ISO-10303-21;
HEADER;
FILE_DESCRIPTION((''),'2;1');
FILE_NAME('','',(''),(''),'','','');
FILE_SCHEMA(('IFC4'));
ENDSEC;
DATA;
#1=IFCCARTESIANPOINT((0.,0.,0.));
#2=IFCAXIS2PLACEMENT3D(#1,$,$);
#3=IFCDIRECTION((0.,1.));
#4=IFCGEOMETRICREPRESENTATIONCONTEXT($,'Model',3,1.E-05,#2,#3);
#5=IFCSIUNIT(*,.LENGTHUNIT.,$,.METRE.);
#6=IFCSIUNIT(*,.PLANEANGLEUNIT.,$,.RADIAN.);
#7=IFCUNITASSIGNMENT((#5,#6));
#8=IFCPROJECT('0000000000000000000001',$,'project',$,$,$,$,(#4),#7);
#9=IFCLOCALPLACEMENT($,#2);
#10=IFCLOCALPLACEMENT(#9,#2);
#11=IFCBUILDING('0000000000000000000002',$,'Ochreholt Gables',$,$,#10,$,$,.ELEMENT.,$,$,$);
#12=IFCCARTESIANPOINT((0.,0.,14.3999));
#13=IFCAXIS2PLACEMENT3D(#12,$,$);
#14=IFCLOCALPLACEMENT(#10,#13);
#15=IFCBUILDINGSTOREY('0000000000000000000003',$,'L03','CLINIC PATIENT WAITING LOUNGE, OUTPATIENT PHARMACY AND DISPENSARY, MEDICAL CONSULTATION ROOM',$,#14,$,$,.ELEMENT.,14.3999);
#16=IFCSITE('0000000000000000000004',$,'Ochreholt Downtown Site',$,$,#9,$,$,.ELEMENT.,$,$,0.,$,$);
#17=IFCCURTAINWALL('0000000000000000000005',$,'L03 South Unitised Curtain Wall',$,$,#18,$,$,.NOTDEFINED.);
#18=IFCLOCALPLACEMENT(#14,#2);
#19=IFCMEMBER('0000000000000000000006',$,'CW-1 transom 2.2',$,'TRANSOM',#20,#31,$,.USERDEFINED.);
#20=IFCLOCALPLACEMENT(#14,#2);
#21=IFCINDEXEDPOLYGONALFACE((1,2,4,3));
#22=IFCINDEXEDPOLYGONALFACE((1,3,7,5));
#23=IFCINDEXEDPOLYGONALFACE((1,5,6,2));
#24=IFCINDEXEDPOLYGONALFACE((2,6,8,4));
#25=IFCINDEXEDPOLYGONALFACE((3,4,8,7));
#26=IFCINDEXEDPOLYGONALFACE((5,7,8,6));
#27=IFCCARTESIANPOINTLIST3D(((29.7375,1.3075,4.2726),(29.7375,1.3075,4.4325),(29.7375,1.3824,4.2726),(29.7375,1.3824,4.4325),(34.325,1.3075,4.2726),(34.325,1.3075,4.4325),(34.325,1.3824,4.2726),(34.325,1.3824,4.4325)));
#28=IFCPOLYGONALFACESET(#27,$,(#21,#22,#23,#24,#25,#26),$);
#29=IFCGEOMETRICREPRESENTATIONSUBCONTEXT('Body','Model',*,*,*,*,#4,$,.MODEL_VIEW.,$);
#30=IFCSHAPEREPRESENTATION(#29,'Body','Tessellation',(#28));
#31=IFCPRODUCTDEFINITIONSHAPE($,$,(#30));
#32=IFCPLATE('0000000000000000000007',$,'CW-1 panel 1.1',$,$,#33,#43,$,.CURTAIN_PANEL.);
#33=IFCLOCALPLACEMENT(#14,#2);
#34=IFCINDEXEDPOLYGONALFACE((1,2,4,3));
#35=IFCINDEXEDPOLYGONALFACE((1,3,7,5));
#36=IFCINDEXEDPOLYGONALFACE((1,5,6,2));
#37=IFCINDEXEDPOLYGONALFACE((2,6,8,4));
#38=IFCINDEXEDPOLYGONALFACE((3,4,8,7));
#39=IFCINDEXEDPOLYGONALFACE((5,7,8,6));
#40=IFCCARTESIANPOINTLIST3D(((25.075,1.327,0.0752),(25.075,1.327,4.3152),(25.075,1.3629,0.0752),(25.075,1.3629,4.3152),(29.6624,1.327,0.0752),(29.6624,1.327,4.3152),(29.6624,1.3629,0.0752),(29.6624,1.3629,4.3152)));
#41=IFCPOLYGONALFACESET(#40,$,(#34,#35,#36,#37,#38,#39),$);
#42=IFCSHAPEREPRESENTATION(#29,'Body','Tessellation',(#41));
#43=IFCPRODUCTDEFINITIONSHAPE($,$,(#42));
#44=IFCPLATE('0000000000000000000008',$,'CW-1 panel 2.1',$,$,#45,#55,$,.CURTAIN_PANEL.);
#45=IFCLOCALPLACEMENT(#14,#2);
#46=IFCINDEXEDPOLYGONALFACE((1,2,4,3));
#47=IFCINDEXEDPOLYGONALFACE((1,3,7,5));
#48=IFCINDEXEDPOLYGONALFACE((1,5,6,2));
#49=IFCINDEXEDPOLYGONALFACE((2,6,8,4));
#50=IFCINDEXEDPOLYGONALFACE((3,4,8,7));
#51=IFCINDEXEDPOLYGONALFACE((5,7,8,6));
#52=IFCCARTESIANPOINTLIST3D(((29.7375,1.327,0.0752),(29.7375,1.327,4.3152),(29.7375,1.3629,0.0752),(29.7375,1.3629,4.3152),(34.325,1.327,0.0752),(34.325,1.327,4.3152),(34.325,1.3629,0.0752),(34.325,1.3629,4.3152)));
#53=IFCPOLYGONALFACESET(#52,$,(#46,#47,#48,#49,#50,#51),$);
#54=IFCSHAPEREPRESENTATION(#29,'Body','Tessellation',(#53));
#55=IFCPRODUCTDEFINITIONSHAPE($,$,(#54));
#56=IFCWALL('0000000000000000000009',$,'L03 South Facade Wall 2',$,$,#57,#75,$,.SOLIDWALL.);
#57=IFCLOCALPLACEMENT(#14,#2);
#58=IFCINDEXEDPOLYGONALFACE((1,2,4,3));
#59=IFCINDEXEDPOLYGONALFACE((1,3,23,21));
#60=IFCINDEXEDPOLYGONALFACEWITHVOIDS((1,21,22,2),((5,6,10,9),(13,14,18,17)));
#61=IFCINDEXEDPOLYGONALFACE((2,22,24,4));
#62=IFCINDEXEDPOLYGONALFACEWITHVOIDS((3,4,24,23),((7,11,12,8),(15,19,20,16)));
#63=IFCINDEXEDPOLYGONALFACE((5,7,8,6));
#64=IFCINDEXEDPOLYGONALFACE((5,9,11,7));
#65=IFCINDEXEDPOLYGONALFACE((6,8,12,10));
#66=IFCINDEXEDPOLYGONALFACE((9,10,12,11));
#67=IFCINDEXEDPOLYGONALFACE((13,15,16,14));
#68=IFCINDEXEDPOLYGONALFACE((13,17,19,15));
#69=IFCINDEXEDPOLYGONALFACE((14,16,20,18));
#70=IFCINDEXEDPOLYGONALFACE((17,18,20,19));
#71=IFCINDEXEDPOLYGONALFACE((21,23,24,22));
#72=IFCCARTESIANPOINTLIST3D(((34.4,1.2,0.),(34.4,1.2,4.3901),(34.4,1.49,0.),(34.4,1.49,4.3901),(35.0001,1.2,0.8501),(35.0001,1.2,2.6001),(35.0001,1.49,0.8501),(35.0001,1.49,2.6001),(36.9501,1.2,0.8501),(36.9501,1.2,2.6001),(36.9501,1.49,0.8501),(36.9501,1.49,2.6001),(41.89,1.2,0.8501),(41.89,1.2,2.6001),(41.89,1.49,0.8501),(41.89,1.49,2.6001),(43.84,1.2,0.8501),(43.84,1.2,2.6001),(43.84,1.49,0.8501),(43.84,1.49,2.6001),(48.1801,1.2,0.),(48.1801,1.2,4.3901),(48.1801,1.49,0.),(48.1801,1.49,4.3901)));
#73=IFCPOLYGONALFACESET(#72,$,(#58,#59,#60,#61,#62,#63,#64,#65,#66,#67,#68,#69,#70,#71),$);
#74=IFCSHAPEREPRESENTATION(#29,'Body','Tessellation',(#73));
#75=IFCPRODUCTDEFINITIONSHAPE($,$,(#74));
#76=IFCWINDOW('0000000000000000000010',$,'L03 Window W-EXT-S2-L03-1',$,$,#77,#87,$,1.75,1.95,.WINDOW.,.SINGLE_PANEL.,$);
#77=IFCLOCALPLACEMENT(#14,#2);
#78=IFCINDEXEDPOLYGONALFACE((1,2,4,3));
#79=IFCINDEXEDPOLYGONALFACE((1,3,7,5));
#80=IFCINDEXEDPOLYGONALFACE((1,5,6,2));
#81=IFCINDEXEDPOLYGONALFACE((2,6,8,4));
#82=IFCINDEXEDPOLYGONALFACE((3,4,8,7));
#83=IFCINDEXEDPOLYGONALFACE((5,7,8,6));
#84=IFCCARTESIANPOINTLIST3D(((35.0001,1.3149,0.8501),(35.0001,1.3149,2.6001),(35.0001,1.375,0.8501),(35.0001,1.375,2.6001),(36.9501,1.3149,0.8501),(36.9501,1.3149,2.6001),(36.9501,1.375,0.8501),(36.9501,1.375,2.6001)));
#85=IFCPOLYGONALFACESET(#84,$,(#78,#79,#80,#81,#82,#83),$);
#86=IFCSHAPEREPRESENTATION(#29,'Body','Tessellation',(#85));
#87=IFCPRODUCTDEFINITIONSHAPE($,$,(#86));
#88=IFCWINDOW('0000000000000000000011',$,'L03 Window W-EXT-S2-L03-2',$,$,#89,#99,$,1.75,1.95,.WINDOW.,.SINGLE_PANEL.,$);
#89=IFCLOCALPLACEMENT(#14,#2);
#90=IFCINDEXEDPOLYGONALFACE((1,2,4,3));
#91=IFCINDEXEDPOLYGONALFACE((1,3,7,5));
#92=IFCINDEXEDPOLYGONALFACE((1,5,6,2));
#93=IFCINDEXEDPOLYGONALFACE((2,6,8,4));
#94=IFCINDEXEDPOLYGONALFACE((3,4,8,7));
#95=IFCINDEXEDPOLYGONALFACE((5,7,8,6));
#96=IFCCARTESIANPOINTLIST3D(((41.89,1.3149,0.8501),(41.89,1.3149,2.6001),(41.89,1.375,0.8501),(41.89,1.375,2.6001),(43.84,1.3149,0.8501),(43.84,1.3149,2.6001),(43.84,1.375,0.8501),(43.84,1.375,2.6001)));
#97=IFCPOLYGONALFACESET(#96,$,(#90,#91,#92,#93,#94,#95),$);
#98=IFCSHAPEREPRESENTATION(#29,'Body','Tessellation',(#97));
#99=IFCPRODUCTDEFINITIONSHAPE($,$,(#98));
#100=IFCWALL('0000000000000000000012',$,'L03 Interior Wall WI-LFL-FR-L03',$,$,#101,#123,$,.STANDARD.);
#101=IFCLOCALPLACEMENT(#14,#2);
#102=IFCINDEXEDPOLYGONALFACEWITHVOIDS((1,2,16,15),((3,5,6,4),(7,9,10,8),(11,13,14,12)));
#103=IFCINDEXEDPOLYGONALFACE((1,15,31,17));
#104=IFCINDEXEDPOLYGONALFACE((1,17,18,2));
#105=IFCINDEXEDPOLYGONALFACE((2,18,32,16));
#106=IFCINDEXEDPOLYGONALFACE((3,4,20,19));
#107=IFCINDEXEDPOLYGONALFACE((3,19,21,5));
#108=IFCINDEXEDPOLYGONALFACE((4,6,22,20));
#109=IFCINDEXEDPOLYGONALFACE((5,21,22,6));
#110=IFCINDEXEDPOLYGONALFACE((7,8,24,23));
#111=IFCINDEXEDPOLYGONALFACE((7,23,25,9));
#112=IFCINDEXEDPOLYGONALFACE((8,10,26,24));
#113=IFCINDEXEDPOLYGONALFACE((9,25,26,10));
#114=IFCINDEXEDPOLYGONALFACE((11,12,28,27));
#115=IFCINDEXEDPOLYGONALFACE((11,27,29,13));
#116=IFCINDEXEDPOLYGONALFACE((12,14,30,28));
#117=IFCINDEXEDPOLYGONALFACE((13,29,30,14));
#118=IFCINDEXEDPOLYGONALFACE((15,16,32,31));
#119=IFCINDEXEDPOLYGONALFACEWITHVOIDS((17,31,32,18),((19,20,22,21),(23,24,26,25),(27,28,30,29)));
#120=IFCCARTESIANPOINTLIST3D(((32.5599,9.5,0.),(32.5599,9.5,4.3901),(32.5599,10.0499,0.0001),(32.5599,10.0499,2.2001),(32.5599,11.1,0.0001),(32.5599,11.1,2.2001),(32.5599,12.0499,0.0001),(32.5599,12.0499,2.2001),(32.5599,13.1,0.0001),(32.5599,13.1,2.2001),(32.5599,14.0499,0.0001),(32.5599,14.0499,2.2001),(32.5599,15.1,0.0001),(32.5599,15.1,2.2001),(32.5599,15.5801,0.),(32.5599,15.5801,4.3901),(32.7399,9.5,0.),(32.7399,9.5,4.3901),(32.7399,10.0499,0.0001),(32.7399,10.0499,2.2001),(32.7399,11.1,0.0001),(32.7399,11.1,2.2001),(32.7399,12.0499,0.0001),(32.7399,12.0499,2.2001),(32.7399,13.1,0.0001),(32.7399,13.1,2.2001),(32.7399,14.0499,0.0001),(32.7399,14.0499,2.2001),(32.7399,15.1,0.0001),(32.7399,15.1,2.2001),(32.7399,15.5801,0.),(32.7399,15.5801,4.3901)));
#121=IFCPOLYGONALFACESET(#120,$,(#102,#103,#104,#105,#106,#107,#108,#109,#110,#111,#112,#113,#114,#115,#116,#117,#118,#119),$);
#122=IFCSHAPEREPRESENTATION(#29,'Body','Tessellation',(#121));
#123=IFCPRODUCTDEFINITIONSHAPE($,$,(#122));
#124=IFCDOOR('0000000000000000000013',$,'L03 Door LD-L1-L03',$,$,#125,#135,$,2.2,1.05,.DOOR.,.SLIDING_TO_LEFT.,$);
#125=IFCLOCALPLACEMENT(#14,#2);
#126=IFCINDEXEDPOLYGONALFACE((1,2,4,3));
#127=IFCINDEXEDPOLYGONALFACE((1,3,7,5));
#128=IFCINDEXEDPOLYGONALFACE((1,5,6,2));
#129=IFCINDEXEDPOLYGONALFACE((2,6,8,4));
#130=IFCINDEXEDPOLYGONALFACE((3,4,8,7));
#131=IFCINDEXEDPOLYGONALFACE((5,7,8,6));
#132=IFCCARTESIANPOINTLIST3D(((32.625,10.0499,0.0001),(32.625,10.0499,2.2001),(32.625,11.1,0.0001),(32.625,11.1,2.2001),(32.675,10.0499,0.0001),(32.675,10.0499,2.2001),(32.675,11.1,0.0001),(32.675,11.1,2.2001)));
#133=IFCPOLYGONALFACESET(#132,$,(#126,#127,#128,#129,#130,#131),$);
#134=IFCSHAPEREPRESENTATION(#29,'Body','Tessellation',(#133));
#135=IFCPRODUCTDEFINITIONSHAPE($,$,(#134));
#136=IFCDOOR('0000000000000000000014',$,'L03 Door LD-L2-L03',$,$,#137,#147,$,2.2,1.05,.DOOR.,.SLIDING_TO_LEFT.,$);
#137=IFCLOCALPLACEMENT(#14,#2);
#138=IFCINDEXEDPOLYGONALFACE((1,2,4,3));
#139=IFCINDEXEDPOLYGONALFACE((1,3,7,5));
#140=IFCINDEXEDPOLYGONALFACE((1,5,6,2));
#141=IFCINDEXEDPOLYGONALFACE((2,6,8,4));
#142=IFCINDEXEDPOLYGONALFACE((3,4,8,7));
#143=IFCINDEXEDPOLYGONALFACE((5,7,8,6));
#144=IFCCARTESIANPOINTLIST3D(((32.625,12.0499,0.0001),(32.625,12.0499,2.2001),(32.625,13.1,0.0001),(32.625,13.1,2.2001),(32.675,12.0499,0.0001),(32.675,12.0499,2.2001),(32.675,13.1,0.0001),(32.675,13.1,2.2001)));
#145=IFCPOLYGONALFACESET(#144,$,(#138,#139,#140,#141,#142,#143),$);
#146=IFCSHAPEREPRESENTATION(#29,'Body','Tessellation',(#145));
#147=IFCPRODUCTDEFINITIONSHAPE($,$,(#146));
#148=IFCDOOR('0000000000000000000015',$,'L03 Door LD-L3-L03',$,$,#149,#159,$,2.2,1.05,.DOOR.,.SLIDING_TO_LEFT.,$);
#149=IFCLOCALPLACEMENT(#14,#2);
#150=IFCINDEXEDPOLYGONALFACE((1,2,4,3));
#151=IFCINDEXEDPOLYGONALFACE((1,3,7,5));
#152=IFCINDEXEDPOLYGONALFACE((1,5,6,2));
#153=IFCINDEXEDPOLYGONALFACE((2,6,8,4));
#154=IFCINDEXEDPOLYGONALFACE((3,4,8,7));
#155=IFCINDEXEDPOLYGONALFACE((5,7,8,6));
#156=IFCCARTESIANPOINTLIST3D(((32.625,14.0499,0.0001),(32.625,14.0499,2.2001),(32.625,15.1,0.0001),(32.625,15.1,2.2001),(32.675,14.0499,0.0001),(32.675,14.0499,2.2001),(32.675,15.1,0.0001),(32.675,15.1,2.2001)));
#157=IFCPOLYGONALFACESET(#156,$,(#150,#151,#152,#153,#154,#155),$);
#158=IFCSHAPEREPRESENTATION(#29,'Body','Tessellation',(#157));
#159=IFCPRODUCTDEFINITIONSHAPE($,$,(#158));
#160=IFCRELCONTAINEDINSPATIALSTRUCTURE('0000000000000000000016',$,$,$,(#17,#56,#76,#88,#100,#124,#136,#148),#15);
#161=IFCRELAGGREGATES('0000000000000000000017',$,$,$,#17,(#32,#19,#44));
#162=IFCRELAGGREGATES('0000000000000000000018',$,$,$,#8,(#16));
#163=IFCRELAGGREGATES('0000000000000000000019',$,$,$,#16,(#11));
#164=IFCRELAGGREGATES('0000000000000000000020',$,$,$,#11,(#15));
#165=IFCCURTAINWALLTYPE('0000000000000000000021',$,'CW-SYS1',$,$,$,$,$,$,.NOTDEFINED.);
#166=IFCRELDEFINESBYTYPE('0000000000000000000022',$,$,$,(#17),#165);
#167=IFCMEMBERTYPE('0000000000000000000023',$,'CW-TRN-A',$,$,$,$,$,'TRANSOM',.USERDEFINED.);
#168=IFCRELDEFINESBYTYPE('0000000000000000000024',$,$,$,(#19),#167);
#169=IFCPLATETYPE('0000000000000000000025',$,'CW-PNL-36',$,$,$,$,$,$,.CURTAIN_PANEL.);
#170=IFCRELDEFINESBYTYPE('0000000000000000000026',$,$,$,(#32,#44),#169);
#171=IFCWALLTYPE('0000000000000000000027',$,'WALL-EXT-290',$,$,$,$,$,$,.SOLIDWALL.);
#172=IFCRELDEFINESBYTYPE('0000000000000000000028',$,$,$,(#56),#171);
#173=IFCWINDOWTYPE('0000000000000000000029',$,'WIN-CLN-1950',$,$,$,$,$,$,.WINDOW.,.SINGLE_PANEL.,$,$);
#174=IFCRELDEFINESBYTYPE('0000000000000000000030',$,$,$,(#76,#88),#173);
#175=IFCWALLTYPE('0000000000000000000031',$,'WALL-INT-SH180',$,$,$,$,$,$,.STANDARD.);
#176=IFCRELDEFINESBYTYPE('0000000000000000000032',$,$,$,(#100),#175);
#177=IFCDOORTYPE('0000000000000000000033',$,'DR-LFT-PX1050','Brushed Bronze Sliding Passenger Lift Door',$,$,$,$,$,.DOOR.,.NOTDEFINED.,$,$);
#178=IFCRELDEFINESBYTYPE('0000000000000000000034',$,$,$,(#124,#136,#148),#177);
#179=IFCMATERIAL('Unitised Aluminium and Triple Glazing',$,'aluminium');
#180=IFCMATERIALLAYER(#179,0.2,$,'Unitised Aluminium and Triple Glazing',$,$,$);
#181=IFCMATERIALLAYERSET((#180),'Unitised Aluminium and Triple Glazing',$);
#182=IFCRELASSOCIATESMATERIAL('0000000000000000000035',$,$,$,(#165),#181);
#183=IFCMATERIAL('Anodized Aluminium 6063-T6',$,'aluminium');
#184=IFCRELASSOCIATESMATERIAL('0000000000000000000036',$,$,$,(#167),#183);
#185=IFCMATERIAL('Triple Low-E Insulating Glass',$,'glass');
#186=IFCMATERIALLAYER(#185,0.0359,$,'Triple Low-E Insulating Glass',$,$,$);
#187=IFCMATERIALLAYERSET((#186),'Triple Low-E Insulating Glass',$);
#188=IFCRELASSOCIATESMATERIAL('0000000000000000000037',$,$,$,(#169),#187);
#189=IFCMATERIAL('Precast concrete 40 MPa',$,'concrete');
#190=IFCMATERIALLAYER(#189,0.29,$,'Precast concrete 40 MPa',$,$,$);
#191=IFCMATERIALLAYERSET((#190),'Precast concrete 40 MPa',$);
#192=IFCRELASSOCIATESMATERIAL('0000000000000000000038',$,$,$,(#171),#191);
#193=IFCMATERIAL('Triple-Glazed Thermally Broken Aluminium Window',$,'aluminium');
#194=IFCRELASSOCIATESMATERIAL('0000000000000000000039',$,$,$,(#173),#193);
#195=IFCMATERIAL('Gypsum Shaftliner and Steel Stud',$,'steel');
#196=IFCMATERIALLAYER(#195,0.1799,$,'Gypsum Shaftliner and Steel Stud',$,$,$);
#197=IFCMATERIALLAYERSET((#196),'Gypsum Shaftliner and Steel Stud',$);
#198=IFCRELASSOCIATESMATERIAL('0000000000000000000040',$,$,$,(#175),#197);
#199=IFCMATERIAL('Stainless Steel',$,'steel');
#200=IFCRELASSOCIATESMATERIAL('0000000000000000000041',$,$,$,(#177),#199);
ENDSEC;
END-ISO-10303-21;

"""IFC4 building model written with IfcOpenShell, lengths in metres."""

from ifc_helpers import new_model, si_unit, direction, frame, frame_2d, origin, origin_2d, place, context, subcontext, project, spatial, rectangle, extrude, material, layer, layer_set, material_profile, profile_set, type_object, element, fill, aggregate, save


model = new_model("IFC4")

# Units and contexts
model_context = context("Model", 3, precision=1e-05, world=origin(), true_north=direction((0.0, 1.0)))
body_context = subcontext(model_context, "Body", "Model", "MODEL_VIEW")
ifc_project = project(units=[si_unit("LENGTHUNIT", "METRE"), si_unit("PLANEANGLEUNIT", "RADIAN")], contexts=[model_context])

# Site, building, storey
site_placement = place(None, origin())
site = spatial("IfcSite", under=ifc_project, at=site_placement, Name="Ochreholt Downtown Site", CompositionType="ELEMENT", RefElevation=0.0)
building_placement = place(site_placement, origin())
building = spatial("IfcBuilding", under=site, at=building_placement, Name="Ochreholt Gables", CompositionType="ELEMENT")
storey_placement = place(building_placement, frame((0.0, 0.0, 14.3999)))
storey = spatial("IfcBuildingStorey", under=building, at=storey_placement, Name="L03", Description="CLINIC PATIENT WAITING LOUNGE, OUTPATIENT PHARMACY AND DISPENSARY, MEDICAL CONSULTATION ROOM", CompositionType="ELEMENT", Elevation=14.3999)

# Curtain wall, member, plates
ifc_material_1 = material(Name="Unitised Aluminium and Triple Glazing", Category="aluminium")
ifc_layer_1 = layer(ifc_material_1, 0.2, Name="Unitised Aluminium and Triple Glazing")
ifc_layer_set_1 = layer_set([ifc_layer_1], Name="Unitised Aluminium and Triple Glazing")
curtain_wall_type = type_object("IfcCurtainWallType", Name="CW-SYS1", PredefinedType="NOTDEFINED", material=ifc_layer_set_1)
curtain_wall_placement = place(storey_placement, origin())
curtain_wall = element("IfcCurtainWall", 1, at=curtain_wall_placement, inside=storey, type_object=curtain_wall_type, Name="L03 South Unitised Curtain Wall", PredefinedType="NOTDEFINED")
ifc_material_2 = material(Name="Anodized Aluminium 6063-T6", Category="aluminium")
ifc_material_profile_1 = material_profile(ifc_material_2, rectangle(XDim=0.075, YDim=0.1599, at=origin_2d()), Name="CWT75X160")
ifc_profile_set_1 = profile_set([ifc_material_profile_1], Name="Anodized Aluminium 6063-T6")
member_type_1 = type_object("IfcMemberType", Name="CW-TRN-A", ElementType="TRANSOM", PredefinedType="USERDEFINED", material=ifc_profile_set_1)
member_1_placement = place(storey_placement, frame((29.7375, 1.345, 4.3525), z_axis=(1.0, 0.0, 0.0), x_axis=(0.0, 1.0, 0.0)))
member_1 = element("IfcMember", 2, at=member_1_placement, type_object=member_type_1, Name="CW-1 transom 2.2", ObjectType="TRANSOM", PredefinedType="USERDEFINED", context=body_context, shape_type="SweptSolid", body=[
    extrude(rectangle(XDim=0.075, YDim=0.1599, at=origin_2d()), origin(), (0.0, 0.0, 1.0), 4.5874),
])
ifc_material_3 = material(Name="Triple Low-E Insulating Glass", Category="glass")
ifc_layer_2 = layer(ifc_material_3, 0.0359, Name="Triple Low-E Insulating Glass")
ifc_layer_set_2 = layer_set([ifc_layer_2], Name="Triple Low-E Insulating Glass")
plate_type = type_object("IfcPlateType", Name="CW-PNL-36", PredefinedType="CURTAIN_PANEL", material=ifc_layer_set_2)
plate_1_placement = place(storey_placement, frame((27.3687, 1.345, 0.0752), z_axis=(0.0, 0.0, 1.0), x_axis=(1.0, 0.0, 0.0)))
plate_1 = element("IfcPlate", 3, at=plate_1_placement, type_object=plate_type, Name="CW-1 panel 1.1", PredefinedType="CURTAIN_PANEL", context=body_context, shape_type="SweptSolid", body=[
    extrude(rectangle(XDim=4.5874, YDim=0.0359, at=origin_2d()), origin(), (0.0, 0.0, 1.0), 4.24),
])
plate_2_placement = place(storey_placement, frame((32.0312, 1.345, 0.0752), z_axis=(0.0, 0.0, 1.0), x_axis=(1.0, 0.0, 0.0)))
plate_2 = element("IfcPlate", 4, at=plate_2_placement, type_object=plate_type, Name="CW-1 panel 2.1", PredefinedType="CURTAIN_PANEL", context=body_context, shape_type="SweptSolid", body=[
    extrude(rectangle(XDim=4.5874, YDim=0.0359, at=origin_2d()), origin(), (0.0, 0.0, 1.0), 4.24),
])
aggregate(curtain_wall, [plate_1, member_1, plate_2])

# Wall, openings, windows
ifc_material_4 = material(Name="Precast concrete 40 MPa", Category="concrete")
ifc_layer_3 = layer(ifc_material_4, 0.29, Name="Precast concrete 40 MPa")
ifc_layer_set_3 = layer_set([ifc_layer_3], Name="Precast concrete 40 MPa")
wall_type_1 = type_object("IfcWallType", Name="WALL-EXT-290", PredefinedType="SOLIDWALL", material=ifc_layer_set_3)
wall_1_placement = place(storey_placement, frame((34.3999, 1.345, 0.0), z_axis=(0.0, 0.0, 1.0), x_axis=(1.0, 0.0, 0.0)))
wall_1 = element("IfcWall", 5, at=wall_1_placement, inside=storey, type_object=wall_type_1, Name="L03 South Facade Wall 2", PredefinedType="SOLIDWALL", context=body_context, shape_type="SweptSolid", body=[
    extrude(rectangle(XDim=13.78, YDim=0.29, at=frame_2d((6.8901, 0.0))), origin(), (0.0, 0.0, 1.0), 4.3901),
])
opening_1_placement = place(wall_1_placement, frame((0.6001, 0.0, 0.8501)))
opening_1 = element("IfcOpeningElement", 6, at=opening_1_placement, cuts=wall_1, PredefinedType="OPENING", context=body_context, shape_type="SweptSolid", body=[
    extrude(rectangle(XDim=1.95, YDim=1.75, at=frame_2d((0.9751, 0.875))), frame((0.0, 0.155, 0.0), z_axis=(0.0, -1.0, 0.0), x_axis=(1.0, 0.0, 0.0)), (0.0, 0.0, 1.0), 0.3101),
])
opening_2_placement = place(wall_1_placement, frame((7.49, 0.0, 0.8501)))
opening_2 = element("IfcOpeningElement", 7, at=opening_2_placement, cuts=wall_1, PredefinedType="OPENING", context=body_context, shape_type="SweptSolid", body=[
    extrude(rectangle(XDim=1.95, YDim=1.75, at=frame_2d((0.9751, 0.875))), frame((0.0, 0.155, 0.0), z_axis=(0.0, -1.0, 0.0), x_axis=(1.0, 0.0, 0.0)), (0.0, 0.0, 1.0), 0.3101),
])
ifc_material_5 = material(Name="Triple-Glazed Thermally Broken Aluminium Window", Category="aluminium")
window_type = type_object("IfcWindowType", Name="WIN-CLN-1950", PartitioningType="SINGLE_PANEL", PredefinedType="WINDOW", material=ifc_material_5)
window_1_placement = place(opening_1_placement, origin())
window_1 = element("IfcWindow", 8, at=window_1_placement, inside=storey, type_object=window_type, Name="L03 Window W-EXT-S2-L03-1", OverallHeight=1.75, OverallWidth=1.95, PartitioningType="SINGLE_PANEL", PredefinedType="WINDOW", context=body_context, shape_type="SweptSolid", body=[
    extrude(rectangle(XDim=1.95, YDim=1.75, at=frame_2d((0.9751, 0.875))), frame((0.0, 0.03, 0.0), z_axis=(0.0, -1.0, 0.0), x_axis=(1.0, 0.0, 0.0)), (0.0, 0.0, 1.0), 0.0601),
])
fill(opening_1, window_1)
window_2_placement = place(opening_2_placement, origin())
window_2 = element("IfcWindow", 9, at=window_2_placement, inside=storey, type_object=window_type, Name="L03 Window W-EXT-S2-L03-2", OverallHeight=1.75, OverallWidth=1.95, PartitioningType="SINGLE_PANEL", PredefinedType="WINDOW", context=body_context, shape_type="SweptSolid", body=[
    extrude(rectangle(XDim=1.95, YDim=1.75, at=frame_2d((0.9751, 0.875))), frame((0.0, 0.03, 0.0), z_axis=(0.0, -1.0, 0.0), x_axis=(1.0, 0.0, 0.0)), (0.0, 0.0, 1.0), 0.0601),
])
fill(opening_2, window_2)

# Wall, openings, doors
ifc_material_6 = material(Name="Gypsum Shaftliner and Steel Stud", Category="steel")
ifc_layer_4 = layer(ifc_material_6, 0.1799, Name="Gypsum Shaftliner and Steel Stud")
ifc_layer_set_4 = layer_set([ifc_layer_4], Name="Gypsum Shaftliner and Steel Stud")
wall_type_2 = type_object("IfcWallType", Name="WALL-INT-SH180", PredefinedType="STANDARD", material=ifc_layer_set_4)
wall_2_placement = place(storey_placement, frame((32.6499, 9.5, 0.0), z_axis=(0.0, 0.0, 1.0), x_axis=(0.0, 1.0, 0.0)))
wall_2 = element("IfcWall", 10, at=wall_2_placement, inside=storey, type_object=wall_type_2, Name="L03 Interior Wall WI-LFL-FR-L03", PredefinedType="STANDARD", context=body_context, shape_type="SweptSolid", body=[
    extrude(rectangle(XDim=6.0801, YDim=0.1799, at=frame_2d((3.04, 0.0))), origin(), (0.0, 0.0, 1.0), 4.3901),
])
opening_3_placement = place(wall_2_placement, frame((0.55, 0.0, 0.0)))
opening_3 = element("IfcOpeningElement", 11, at=opening_3_placement, cuts=wall_2, PredefinedType="OPENING", context=body_context, shape_type="SweptSolid", body=[
    extrude(rectangle(XDim=1.05, YDim=2.2, at=frame_2d((0.5249, 1.1001))), frame((0.0, 0.0999, 0.0), z_axis=(0.0, -1.0, 0.0), x_axis=(1.0, 0.0, 0.0)), (0.0, 0.0, 1.0), 0.2),
])
opening_4_placement = place(wall_2_placement, frame((2.55, 0.0, 0.0)))
opening_4 = element("IfcOpeningElement", 12, at=opening_4_placement, cuts=wall_2, PredefinedType="OPENING", context=body_context, shape_type="SweptSolid", body=[
    extrude(rectangle(XDim=1.05, YDim=2.2, at=frame_2d((0.5249, 1.1001))), frame((0.0, 0.0999, 0.0), z_axis=(0.0, -1.0, 0.0), x_axis=(1.0, 0.0, 0.0)), (0.0, 0.0, 1.0), 0.2),
])
opening_5_placement = place(wall_2_placement, frame((4.55, 0.0, 0.0)))
opening_5 = element("IfcOpeningElement", 13, at=opening_5_placement, cuts=wall_2, PredefinedType="OPENING", context=body_context, shape_type="SweptSolid", body=[
    extrude(rectangle(XDim=1.05, YDim=2.2, at=frame_2d((0.5249, 1.1001))), frame((0.0, 0.0999, 0.0), z_axis=(0.0, -1.0, 0.0), x_axis=(1.0, 0.0, 0.0)), (0.0, 0.0, 1.0), 0.2),
])
ifc_material_7 = material(Name="Stainless Steel", Category="steel")
door_type = type_object("IfcDoorType", Name="DR-LFT-PX1050", Description="Brushed Bronze Sliding Passenger Lift Door", OperationType="NOTDEFINED", PredefinedType="DOOR", material=ifc_material_7)
door_1_placement = place(opening_3_placement, origin())
door_1 = element("IfcDoor", 14, at=door_1_placement, inside=storey, type_object=door_type, Name="L03 Door LD-L1-L03", OperationType="SLIDING_TO_LEFT", OverallHeight=2.2, OverallWidth=1.05, PredefinedType="DOOR", context=body_context, shape_type="SweptSolid", body=[
    extrude(rectangle(XDim=1.05, YDim=2.2, at=frame_2d((0.5249, 1.1001))), frame((0.0, 0.0249, 0.0), z_axis=(0.0, -1.0, 0.0), x_axis=(1.0, 0.0, 0.0)), (0.0, 0.0, 1.0), 0.05),
])
fill(opening_3, door_1)
door_2_placement = place(opening_4_placement, origin())
door_2 = element("IfcDoor", 15, at=door_2_placement, inside=storey, type_object=door_type, Name="L03 Door LD-L2-L03", OperationType="SLIDING_TO_LEFT", OverallHeight=2.2, OverallWidth=1.05, PredefinedType="DOOR", context=body_context, shape_type="SweptSolid", body=[
    extrude(rectangle(XDim=1.05, YDim=2.2, at=frame_2d((0.5249, 1.1001))), frame((0.0, 0.0249, 0.0), z_axis=(0.0, -1.0, 0.0), x_axis=(1.0, 0.0, 0.0)), (0.0, 0.0, 1.0), 0.05),
])
fill(opening_4, door_2)
door_3_placement = place(opening_5_placement, origin())
door_3 = element("IfcDoor", 16, at=door_3_placement, inside=storey, type_object=door_type, Name="L03 Door LD-L3-L03", OperationType="SLIDING_TO_LEFT", OverallHeight=2.2, OverallWidth=1.05, PredefinedType="DOOR", context=body_context, shape_type="SweptSolid", body=[
    extrude(rectangle(XDim=1.05, YDim=2.2, at=frame_2d((0.5249, 1.1001))), frame((0.0, 0.0249, 0.0), z_axis=(0.0, -1.0, 0.0), x_axis=(1.0, 0.0, 0.0)), (0.0, 0.0, 1.0), 0.05),
])
fill(opening_5, door_3)

save(model, "model.ifc")
